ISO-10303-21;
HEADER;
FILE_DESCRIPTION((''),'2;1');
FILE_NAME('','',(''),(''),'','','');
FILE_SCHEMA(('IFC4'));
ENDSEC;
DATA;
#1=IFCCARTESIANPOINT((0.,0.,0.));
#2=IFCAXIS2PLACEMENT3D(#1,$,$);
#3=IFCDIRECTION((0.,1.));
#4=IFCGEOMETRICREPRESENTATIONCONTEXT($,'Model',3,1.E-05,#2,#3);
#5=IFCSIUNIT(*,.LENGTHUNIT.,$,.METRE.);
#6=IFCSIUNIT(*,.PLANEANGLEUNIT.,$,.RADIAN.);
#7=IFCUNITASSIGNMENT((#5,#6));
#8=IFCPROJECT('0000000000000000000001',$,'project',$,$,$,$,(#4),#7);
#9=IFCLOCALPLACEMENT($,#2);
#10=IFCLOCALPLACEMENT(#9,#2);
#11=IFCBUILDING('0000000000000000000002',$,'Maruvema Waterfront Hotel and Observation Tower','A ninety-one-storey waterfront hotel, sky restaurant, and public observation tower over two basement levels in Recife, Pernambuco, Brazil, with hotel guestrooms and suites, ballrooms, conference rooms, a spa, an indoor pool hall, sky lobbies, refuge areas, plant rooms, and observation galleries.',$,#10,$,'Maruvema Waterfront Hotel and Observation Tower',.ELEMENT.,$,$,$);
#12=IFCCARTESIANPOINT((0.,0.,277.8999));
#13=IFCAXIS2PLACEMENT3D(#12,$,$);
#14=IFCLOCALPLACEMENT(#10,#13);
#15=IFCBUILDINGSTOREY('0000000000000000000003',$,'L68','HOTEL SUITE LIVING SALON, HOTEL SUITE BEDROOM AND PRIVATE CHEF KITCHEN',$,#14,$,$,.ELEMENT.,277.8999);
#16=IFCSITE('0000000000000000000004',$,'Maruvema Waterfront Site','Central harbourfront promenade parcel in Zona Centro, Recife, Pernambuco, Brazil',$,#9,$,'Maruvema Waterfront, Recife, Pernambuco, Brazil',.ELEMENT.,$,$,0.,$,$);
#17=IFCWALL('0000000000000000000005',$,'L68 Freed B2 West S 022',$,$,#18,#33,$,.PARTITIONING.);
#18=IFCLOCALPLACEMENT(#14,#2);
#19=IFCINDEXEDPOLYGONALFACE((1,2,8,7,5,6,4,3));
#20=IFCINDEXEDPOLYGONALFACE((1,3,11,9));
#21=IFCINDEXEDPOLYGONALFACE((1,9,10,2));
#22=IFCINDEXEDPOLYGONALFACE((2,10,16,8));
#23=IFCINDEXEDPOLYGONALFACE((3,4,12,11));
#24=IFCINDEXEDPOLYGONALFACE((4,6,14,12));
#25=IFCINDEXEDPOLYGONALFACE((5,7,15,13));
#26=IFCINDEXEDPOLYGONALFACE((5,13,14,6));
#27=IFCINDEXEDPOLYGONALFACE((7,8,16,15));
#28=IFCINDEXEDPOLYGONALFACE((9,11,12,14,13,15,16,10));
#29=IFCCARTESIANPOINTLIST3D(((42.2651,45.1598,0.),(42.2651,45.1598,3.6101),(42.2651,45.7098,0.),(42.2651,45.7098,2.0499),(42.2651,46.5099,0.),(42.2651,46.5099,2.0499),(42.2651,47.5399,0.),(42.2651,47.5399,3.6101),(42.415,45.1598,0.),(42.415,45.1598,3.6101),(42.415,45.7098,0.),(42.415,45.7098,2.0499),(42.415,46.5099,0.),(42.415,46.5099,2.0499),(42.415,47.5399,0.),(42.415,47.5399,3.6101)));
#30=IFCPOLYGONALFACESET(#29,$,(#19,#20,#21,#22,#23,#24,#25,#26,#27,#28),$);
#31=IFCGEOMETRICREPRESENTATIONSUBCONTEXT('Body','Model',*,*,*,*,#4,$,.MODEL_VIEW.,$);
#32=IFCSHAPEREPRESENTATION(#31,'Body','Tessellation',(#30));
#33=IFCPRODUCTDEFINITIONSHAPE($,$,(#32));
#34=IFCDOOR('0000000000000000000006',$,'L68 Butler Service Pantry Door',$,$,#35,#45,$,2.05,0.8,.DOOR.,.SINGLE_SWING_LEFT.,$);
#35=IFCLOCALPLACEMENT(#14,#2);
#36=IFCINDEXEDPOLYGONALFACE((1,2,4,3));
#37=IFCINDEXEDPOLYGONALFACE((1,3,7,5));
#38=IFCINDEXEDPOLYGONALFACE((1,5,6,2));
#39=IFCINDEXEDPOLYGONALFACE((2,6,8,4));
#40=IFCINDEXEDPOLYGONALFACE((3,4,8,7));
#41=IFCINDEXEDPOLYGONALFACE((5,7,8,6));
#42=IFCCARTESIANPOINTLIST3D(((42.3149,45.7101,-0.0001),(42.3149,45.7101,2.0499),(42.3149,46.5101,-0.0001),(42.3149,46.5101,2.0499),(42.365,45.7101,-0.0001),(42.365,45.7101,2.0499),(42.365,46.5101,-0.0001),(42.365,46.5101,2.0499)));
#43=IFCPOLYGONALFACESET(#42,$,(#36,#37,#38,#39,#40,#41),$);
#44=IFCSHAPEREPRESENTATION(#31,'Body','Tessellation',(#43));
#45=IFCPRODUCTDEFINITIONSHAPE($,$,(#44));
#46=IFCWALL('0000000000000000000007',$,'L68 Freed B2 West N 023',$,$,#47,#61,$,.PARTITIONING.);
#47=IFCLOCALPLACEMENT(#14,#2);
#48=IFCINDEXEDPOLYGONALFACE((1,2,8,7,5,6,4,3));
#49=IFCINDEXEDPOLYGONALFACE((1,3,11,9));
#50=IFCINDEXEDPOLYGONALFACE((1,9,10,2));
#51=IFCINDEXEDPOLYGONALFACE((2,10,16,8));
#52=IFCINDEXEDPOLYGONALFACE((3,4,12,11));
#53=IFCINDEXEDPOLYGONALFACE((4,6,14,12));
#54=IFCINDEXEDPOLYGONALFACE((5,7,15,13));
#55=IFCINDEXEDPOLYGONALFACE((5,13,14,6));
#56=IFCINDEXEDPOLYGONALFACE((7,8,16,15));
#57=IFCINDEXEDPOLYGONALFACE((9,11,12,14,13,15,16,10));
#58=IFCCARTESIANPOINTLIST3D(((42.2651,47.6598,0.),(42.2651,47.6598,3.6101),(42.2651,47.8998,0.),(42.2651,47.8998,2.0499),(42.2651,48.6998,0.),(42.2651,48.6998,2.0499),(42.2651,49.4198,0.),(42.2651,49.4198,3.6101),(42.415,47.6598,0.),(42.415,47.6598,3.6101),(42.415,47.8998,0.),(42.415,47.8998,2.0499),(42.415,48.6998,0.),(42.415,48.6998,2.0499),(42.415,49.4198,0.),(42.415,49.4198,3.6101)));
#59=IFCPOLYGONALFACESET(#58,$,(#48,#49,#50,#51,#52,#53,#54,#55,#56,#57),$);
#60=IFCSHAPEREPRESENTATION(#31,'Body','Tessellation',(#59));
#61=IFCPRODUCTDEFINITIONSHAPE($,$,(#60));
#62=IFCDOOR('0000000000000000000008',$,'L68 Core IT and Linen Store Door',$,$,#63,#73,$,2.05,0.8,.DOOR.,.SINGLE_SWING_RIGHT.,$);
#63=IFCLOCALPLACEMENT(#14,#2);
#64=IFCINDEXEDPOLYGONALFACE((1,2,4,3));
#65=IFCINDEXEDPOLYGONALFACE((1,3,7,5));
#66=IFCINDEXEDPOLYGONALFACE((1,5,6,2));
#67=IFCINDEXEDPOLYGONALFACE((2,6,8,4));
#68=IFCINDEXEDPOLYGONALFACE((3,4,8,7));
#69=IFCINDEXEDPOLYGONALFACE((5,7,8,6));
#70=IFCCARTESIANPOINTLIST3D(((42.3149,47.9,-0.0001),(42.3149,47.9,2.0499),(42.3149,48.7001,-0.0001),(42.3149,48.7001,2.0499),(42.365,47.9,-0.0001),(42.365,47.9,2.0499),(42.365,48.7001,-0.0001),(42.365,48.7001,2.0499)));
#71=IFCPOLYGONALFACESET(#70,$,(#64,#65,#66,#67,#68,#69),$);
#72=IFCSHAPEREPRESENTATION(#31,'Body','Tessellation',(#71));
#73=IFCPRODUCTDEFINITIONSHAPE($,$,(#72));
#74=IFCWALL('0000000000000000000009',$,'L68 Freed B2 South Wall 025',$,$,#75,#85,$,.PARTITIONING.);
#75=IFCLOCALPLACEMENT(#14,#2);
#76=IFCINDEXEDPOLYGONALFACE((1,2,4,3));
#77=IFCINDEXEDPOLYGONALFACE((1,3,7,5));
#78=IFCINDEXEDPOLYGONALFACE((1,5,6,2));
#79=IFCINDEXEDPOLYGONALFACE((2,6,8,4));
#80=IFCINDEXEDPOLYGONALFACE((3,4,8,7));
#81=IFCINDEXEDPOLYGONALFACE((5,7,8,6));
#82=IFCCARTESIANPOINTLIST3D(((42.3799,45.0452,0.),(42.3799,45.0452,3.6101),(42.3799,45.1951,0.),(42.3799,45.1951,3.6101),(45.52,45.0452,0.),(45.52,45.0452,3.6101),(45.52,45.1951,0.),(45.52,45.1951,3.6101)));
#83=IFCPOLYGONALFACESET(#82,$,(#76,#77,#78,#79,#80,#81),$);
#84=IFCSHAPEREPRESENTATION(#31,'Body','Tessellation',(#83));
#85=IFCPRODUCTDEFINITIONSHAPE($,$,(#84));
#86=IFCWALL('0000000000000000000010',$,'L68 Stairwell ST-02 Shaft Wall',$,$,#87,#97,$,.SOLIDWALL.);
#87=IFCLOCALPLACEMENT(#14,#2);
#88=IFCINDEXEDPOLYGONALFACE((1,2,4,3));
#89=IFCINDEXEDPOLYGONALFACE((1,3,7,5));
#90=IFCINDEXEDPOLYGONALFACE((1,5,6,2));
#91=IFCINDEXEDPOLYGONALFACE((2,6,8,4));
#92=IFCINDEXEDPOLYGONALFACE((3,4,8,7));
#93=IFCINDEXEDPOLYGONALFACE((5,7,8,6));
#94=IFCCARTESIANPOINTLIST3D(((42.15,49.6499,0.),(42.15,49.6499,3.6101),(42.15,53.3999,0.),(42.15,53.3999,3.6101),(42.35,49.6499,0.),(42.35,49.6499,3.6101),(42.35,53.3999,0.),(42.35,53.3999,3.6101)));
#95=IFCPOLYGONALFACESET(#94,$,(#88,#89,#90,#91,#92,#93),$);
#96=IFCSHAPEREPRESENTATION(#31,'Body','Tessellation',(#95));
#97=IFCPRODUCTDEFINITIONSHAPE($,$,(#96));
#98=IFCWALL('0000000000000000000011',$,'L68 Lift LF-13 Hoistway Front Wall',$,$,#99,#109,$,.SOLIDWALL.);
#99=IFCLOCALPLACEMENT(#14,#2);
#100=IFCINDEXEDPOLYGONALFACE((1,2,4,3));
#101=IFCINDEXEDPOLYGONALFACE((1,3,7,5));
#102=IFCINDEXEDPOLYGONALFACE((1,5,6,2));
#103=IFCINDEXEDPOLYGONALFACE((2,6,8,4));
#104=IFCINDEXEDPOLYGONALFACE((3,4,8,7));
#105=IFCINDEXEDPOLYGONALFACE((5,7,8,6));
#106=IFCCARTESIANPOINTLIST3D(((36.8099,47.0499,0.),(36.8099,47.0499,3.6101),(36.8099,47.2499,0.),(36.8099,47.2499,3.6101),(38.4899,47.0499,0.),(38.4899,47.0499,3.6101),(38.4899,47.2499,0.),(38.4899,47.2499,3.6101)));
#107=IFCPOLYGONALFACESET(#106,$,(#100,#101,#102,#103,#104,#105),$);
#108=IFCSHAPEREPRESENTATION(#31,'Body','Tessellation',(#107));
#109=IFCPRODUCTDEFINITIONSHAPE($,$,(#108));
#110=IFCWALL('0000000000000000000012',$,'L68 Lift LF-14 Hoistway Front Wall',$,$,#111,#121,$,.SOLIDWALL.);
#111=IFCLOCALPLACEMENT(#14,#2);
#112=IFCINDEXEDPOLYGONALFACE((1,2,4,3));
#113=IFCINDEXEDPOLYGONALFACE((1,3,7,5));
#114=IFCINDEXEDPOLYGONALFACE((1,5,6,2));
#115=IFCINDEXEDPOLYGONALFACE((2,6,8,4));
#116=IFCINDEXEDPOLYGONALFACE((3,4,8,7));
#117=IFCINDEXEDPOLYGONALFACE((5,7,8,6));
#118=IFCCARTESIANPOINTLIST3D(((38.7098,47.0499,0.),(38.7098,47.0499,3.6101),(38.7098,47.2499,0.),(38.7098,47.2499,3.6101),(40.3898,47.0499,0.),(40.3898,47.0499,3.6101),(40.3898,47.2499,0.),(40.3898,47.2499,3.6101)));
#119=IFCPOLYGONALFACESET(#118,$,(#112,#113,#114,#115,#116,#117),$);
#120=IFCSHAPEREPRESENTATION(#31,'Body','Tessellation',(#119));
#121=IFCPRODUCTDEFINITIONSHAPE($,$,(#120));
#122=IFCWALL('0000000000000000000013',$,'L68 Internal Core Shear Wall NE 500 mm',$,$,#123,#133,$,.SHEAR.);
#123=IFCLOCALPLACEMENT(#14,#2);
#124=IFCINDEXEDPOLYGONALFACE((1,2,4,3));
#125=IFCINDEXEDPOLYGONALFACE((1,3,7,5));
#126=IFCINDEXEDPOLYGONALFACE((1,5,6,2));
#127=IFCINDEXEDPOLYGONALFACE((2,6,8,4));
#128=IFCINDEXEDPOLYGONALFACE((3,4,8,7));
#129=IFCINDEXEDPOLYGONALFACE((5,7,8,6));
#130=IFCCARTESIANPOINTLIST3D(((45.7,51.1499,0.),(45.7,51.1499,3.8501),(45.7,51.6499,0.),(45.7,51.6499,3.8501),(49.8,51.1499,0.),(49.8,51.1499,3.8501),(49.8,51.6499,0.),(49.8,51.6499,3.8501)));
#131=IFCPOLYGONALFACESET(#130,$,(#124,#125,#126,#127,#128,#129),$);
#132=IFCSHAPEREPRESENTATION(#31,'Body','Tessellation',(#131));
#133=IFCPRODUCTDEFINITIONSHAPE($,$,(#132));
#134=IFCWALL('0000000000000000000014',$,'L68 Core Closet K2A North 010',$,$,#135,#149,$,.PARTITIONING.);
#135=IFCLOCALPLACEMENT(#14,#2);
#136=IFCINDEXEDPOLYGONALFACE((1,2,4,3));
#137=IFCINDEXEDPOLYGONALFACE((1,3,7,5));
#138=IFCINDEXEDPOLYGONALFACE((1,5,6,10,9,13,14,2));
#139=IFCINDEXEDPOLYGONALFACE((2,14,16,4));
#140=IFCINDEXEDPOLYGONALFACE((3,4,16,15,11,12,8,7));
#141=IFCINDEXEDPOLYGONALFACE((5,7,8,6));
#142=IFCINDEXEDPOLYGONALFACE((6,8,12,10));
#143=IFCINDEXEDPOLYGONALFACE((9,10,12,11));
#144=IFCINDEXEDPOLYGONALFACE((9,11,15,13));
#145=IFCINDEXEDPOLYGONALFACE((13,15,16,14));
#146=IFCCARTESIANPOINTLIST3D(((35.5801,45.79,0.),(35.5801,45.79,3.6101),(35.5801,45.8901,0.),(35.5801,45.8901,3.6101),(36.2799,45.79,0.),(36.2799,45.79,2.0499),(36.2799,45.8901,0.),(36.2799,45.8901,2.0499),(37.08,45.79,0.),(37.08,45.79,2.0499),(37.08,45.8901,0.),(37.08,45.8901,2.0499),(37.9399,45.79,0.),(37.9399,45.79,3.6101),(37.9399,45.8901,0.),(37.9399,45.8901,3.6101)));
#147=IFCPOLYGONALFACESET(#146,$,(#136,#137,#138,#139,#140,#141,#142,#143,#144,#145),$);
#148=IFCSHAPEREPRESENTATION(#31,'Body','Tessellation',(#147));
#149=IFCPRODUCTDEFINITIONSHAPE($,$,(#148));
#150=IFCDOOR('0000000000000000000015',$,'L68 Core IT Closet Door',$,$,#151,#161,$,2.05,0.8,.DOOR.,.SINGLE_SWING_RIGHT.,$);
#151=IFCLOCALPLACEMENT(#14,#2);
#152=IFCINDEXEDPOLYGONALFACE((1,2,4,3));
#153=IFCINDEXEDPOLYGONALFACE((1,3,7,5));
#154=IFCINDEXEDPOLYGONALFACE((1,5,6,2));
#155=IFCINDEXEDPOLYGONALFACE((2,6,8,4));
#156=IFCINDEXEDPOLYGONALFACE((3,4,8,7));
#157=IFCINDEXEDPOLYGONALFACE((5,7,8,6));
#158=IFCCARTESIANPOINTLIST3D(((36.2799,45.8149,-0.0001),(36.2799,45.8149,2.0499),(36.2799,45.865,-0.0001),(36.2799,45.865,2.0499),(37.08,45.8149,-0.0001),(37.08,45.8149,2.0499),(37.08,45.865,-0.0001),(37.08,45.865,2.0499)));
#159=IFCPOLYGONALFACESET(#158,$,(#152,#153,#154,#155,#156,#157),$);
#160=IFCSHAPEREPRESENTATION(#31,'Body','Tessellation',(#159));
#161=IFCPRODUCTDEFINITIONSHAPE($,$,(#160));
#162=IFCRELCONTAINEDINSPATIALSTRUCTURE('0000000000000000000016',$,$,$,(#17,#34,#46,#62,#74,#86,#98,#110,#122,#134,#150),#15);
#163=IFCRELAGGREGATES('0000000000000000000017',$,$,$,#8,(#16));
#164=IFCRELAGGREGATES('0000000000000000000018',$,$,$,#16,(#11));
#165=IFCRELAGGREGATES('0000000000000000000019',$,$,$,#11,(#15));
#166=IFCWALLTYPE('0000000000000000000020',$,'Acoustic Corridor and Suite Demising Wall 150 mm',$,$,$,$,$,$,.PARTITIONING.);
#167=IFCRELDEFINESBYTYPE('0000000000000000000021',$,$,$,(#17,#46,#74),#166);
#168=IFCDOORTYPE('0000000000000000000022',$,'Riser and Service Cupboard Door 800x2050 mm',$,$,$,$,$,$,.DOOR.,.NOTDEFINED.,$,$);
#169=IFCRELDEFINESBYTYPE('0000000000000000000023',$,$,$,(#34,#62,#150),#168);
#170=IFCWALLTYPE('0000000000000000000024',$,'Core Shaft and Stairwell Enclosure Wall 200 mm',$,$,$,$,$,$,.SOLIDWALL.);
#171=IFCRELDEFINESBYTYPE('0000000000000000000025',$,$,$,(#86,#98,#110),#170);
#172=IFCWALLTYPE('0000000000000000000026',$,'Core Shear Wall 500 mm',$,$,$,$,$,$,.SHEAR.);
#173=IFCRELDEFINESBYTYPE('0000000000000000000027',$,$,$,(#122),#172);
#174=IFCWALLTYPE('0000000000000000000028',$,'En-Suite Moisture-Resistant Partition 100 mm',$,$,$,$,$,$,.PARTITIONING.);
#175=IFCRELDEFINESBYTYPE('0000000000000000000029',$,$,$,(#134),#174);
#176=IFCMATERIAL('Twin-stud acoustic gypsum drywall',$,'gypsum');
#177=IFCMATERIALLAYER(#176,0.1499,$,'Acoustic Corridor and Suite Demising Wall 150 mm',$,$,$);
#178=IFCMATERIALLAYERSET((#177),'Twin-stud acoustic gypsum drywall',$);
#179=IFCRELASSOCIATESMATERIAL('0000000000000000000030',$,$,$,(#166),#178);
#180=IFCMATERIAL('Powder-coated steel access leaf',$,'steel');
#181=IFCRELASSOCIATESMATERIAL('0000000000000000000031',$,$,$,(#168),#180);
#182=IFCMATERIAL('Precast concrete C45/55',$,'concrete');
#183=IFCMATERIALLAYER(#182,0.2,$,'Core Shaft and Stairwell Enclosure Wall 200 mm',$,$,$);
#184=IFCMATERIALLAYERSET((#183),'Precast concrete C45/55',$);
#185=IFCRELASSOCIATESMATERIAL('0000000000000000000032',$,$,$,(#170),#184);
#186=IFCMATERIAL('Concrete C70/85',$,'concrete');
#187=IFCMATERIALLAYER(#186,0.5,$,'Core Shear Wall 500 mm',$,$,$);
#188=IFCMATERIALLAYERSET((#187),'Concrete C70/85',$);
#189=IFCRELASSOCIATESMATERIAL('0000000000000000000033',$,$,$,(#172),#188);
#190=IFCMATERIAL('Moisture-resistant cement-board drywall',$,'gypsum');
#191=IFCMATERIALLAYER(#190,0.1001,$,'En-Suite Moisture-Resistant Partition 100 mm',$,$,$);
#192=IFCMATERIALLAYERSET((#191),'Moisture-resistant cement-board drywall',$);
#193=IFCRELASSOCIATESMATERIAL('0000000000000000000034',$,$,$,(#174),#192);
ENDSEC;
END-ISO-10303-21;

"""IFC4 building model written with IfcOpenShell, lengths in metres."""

from ifc_helpers import new_model, si_unit, direction, frame, frame_2d, origin, place, context, subcontext, project, spatial, rectangle, extrude, material, layer, layer_set, type_object, element, fill, save


model = new_model("IFC4")

# Units and contexts
model_context = context("Model", 3, precision=1e-05, world=origin(), true_north=direction((0.0, 1.0)))
body_context = subcontext(model_context, "Body", "Model", "MODEL_VIEW")
ifc_project = project(units=[si_unit("LENGTHUNIT", "METRE"), si_unit("PLANEANGLEUNIT", "RADIAN")], contexts=[model_context])

# Site, building, storey
site_placement = place(None, origin())
site = spatial("IfcSite", under=ifc_project, at=site_placement, Name="Maruvema Waterfront Site", Description="Central harbourfront promenade parcel in Zona Centro, Recife, Pernambuco, Brazil", LongName="Maruvema Waterfront, Recife, Pernambuco, Brazil", CompositionType="ELEMENT", RefElevation=0.0)
building_placement = place(site_placement, origin())
building = spatial("IfcBuilding", under=site, at=building_placement, Name="Maruvema Waterfront Hotel and Observation Tower", Description="A ninety-one-storey waterfront hotel, sky restaurant, and public observation tower over two basement levels in Recife, Pernambuco, Brazil, with hotel guestrooms and suites, ballrooms, conference rooms, a spa, an indoor pool hall, sky lobbies, refuge areas, plant rooms, and observation galleries.", LongName="Maruvema Waterfront Hotel and Observation Tower", CompositionType="ELEMENT")
storey_placement = place(building_placement, frame((0.0, 0.0, 277.8999)))
storey = spatial("IfcBuildingStorey", under=building, at=storey_placement, Name="L68", Description="HOTEL SUITE LIVING SALON, HOTEL SUITE BEDROOM AND PRIVATE CHEF KITCHEN", CompositionType="ELEMENT", Elevation=277.8999)

# Walls, openings, doors
ifc_material_1 = material(Name="Twin-stud acoustic gypsum drywall", Category="gypsum")
ifc_layer_1 = layer(ifc_material_1, 0.1499, Name="Acoustic Corridor and Suite Demising Wall 150 mm")
ifc_layer_set_1 = layer_set([ifc_layer_1], Name="Twin-stud acoustic gypsum drywall")
wall_type_1 = type_object("IfcWallType", Name="Acoustic Corridor and Suite Demising Wall 150 mm", PredefinedType="PARTITIONING", material=ifc_layer_set_1)
wall_1_placement = place(storey_placement, frame((42.3401, 45.1599, 0.0), z_axis=(0.0, 0.0, 1.0), x_axis=(0.0, 1.0, 0.0)))
wall_1 = element("IfcWall", 1, at=wall_1_placement, inside=storey, type_object=wall_type_1, Name="L68 Freed B2 West S 022", PredefinedType="PARTITIONING", context=body_context, shape_type="SweptSolid", body=[
    extrude(rectangle(XDim=2.3801, YDim=0.1499, at=frame_2d((1.1899, 0.0))), origin(), (0.0, 0.0, 1.0), 3.6101),
])
opening_1_placement = place(wall_1_placement, frame((0.55, 0.0, 0.0)))
opening_1 = element("IfcOpeningElement", 2, at=opening_1_placement, cuts=wall_1, PredefinedType="OPENING", context=body_context, shape_type="SweptSolid", body=[
    extrude(rectangle(XDim=0.8, YDim=2.05, at=frame_2d((0.3999, 1.0249))), frame((0.0, 0.085, 0.0), z_axis=(0.0, -1.0, 0.0), x_axis=(1.0, 0.0, 0.0)), (0.0, 0.0, 1.0), 0.1699),
])
ifc_material_2 = material(Name="Powder-coated steel access leaf", Category="steel")
door_type = type_object("IfcDoorType", Name="Riser and Service Cupboard Door 800x2050 mm", OperationType="NOTDEFINED", PredefinedType="DOOR", material=ifc_material_2)
door_1_placement = place(opening_1_placement, frame((0.8, 0.0, 0.0), z_axis=(0.0, 0.0, 1.0), x_axis=(-1.0, 0.0, 0.0)))
door_1 = element("IfcDoor", 3, at=door_1_placement, inside=storey, type_object=door_type, Name="L68 Butler Service Pantry Door", OperationType="SINGLE_SWING_LEFT", OverallHeight=2.05, OverallWidth=0.8, PredefinedType="DOOR", context=body_context, shape_type="SweptSolid", body=[
    extrude(rectangle(XDim=0.8, YDim=2.05, at=frame_2d((0.3999, 1.0249))), frame((0.0, 0.0249, 0.0), z_axis=(0.0, -1.0, 0.0), x_axis=(1.0, 0.0, 0.0)), (0.0, 0.0, 1.0), 0.05),
])
fill(opening_1, door_1)
wall_2_placement = place(storey_placement, frame((42.3401, 47.6599, 0.0), z_axis=(0.0, 0.0, 1.0), x_axis=(0.0, 1.0, 0.0)))
wall_2 = element("IfcWall", 4, at=wall_2_placement, inside=storey, type_object=wall_type_1, Name="L68 Freed B2 West N 023", PredefinedType="PARTITIONING", context=body_context, shape_type="SweptSolid", body=[
    extrude(rectangle(XDim=1.76, YDim=0.1499, at=frame_2d((0.8799, 0.0))), origin(), (0.0, 0.0, 1.0), 3.6101),
])
opening_2_placement = place(wall_2_placement, frame((0.24, 0.0, 0.0)))
opening_2 = element("IfcOpeningElement", 5, at=opening_2_placement, cuts=wall_2, PredefinedType="OPENING", context=body_context, shape_type="SweptSolid", body=[
    extrude(rectangle(XDim=0.8, YDim=2.05, at=frame_2d((0.3999, 1.0249))), frame((0.0, 0.085, 0.0), z_axis=(0.0, -1.0, 0.0), x_axis=(1.0, 0.0, 0.0)), (0.0, 0.0, 1.0), 0.1699),
])
door_2_placement = place(opening_2_placement, frame((0.8, 0.0, 0.0), z_axis=(0.0, 0.0, 1.0), x_axis=(-1.0, 0.0, 0.0)))
door_2 = element("IfcDoor", 6, at=door_2_placement, inside=storey, type_object=door_type, Name="L68 Core IT and Linen Store Door", OperationType="SINGLE_SWING_RIGHT", OverallHeight=2.05, OverallWidth=0.8, PredefinedType="DOOR", context=body_context, shape_type="SweptSolid", body=[
    extrude(rectangle(XDim=0.8, YDim=2.05, at=frame_2d((0.3999, 1.0249))), frame((0.0, 0.0249, 0.0), z_axis=(0.0, -1.0, 0.0), x_axis=(1.0, 0.0, 0.0)), (0.0, 0.0, 1.0), 0.05),
])
fill(opening_2, door_2)

# Walls
wall_3_placement = place(storey_placement, frame((42.3799, 45.1201, 0.0), z_axis=(0.0, 0.0, 1.0), x_axis=(1.0, 0.0, 0.0)))
element("IfcWall", 7, at=wall_3_placement, inside=storey, type_object=wall_type_1, Name="L68 Freed B2 South Wall 025", PredefinedType="PARTITIONING", context=body_context, shape_type="SweptSolid", body=[
    extrude(rectangle(XDim=3.1401, YDim=0.1499, at=frame_2d((1.5701, 0.0))), origin(), (0.0, 0.0, 1.0), 3.6101),
])
ifc_material_3 = material(Name="Precast concrete C45/55", Category="concrete")
ifc_layer_2 = layer(ifc_material_3, 0.2, Name="Core Shaft and Stairwell Enclosure Wall 200 mm")
ifc_layer_set_2 = layer_set([ifc_layer_2], Name="Precast concrete C45/55")
wall_type_2 = type_object("IfcWallType", Name="Core Shaft and Stairwell Enclosure Wall 200 mm", PredefinedType="SOLIDWALL", material=ifc_layer_set_2)
wall_4_placement = place(storey_placement, frame((42.25, 49.6499, 0.0), z_axis=(0.0, 0.0, 1.0), x_axis=(0.0, 1.0, 0.0)))
element("IfcWall", 8, at=wall_4_placement, inside=storey, type_object=wall_type_2, Name="L68 Stairwell ST-02 Shaft Wall", PredefinedType="SOLIDWALL", context=body_context, shape_type="SweptSolid", body=[
    extrude(rectangle(XDim=3.75, YDim=0.2, at=frame_2d((1.875, 0.0))), origin(), (0.0, 0.0, 1.0), 3.6101),
])
for number, where, z_axis, x_axis, name in (
    (9, (36.8101, 47.1499, 0.0), (0.0, 0.0, 1.0), (1.0, 0.0, 0.0), "L68 Lift LF-13 Hoistway Front Wall"),
    (10, (38.71, 47.1499, 0.0), (0.0, 0.0, 1.0), (1.0, 0.0, 0.0), "L68 Lift LF-14 Hoistway Front Wall"),
):
    element("IfcWall", number, at=place(storey_placement, frame(where, z_axis=z_axis, x_axis=x_axis)), inside=storey, type_object=wall_type_2, Name=name, PredefinedType="SOLIDWALL", context=body_context, shape_type="SweptSolid", body=[
        extrude(rectangle(XDim=1.6799, YDim=0.2, at=frame_2d((0.8398, 0.0))), origin(), (0.0, 0.0, 1.0), 3.6101),
    ])
ifc_material_4 = material(Name="Concrete C70/85", Category="concrete")
ifc_layer_3 = layer(ifc_material_4, 0.5, Name="Core Shear Wall 500 mm")
ifc_layer_set_3 = layer_set([ifc_layer_3], Name="Concrete C70/85")
wall_type_3 = type_object("IfcWallType", Name="Core Shear Wall 500 mm", PredefinedType="SHEAR", material=ifc_layer_set_3)
wall_5_placement = place(storey_placement, frame((45.7, 51.3999, 0.0), z_axis=(0.0, 0.0, 1.0), x_axis=(1.0, 0.0, 0.0)))
element("IfcWall", 11, at=wall_5_placement, inside=storey, type_object=wall_type_3, Name="L68 Internal Core Shear Wall NE 500 mm", PredefinedType="SHEAR", context=body_context, shape_type="SweptSolid", body=[
    extrude(rectangle(XDim=4.1001, YDim=0.5, at=frame_2d((2.05, 0.0))), origin(), (0.0, 0.0, 1.0), 3.8501),
])

# Wall, opening, door
ifc_material_5 = material(Name="Moisture-resistant cement-board drywall", Category="gypsum")
ifc_layer_4 = layer(ifc_material_5, 0.1001, Name="En-Suite Moisture-Resistant Partition 100 mm")
ifc_layer_set_4 = layer_set([ifc_layer_4], Name="Moisture-resistant cement-board drywall")
wall_type_4 = type_object("IfcWallType", Name="En-Suite Moisture-Resistant Partition 100 mm", PredefinedType="PARTITIONING", material=ifc_layer_set_4)
wall_6_placement = place(storey_placement, frame((35.5801, 45.8401, 0.0), z_axis=(0.0, 0.0, 1.0), x_axis=(1.0, 0.0, 0.0)))
wall_6 = element("IfcWall", 12, at=wall_6_placement, inside=storey, type_object=wall_type_4, Name="L68 Core Closet K2A North 010", PredefinedType="PARTITIONING", context=body_context, shape_type="SweptSolid", body=[
    extrude(rectangle(XDim=2.3599, YDim=0.1001, at=frame_2d((1.1799, 0.0))), origin(), (0.0, 0.0, 1.0), 3.6101),
])
opening_3_placement = place(wall_6_placement, frame((0.7, 0.0, 0.0)))
opening_3 = element("IfcOpeningElement", 13, at=opening_3_placement, cuts=wall_6, PredefinedType="OPENING", context=body_context, shape_type="SweptSolid", body=[
    extrude(rectangle(XDim=0.8, YDim=2.05, at=frame_2d((0.3999, 1.0249))), frame((0.0, 0.0601, 0.0), z_axis=(0.0, -1.0, 0.0), x_axis=(1.0, 0.0, 0.0)), (0.0, 0.0, 1.0), 0.1201),
])
door_3_placement = place(opening_3_placement, origin())
door_3 = element("IfcDoor", 14, at=door_3_placement, inside=storey, type_object=door_type, Name="L68 Core IT Closet Door", OperationType="SINGLE_SWING_RIGHT", OverallHeight=2.05, OverallWidth=0.8, PredefinedType="DOOR", context=body_context, shape_type="SweptSolid", body=[
    extrude(rectangle(XDim=0.8, YDim=2.05, at=frame_2d((0.3999, 1.0249))), frame((0.0, 0.0249, 0.0), z_axis=(0.0, -1.0, 0.0), x_axis=(1.0, 0.0, 0.0)), (0.0, 0.0, 1.0), 0.05),
])
fill(opening_3, door_3)

save(model, "model.ifc")
